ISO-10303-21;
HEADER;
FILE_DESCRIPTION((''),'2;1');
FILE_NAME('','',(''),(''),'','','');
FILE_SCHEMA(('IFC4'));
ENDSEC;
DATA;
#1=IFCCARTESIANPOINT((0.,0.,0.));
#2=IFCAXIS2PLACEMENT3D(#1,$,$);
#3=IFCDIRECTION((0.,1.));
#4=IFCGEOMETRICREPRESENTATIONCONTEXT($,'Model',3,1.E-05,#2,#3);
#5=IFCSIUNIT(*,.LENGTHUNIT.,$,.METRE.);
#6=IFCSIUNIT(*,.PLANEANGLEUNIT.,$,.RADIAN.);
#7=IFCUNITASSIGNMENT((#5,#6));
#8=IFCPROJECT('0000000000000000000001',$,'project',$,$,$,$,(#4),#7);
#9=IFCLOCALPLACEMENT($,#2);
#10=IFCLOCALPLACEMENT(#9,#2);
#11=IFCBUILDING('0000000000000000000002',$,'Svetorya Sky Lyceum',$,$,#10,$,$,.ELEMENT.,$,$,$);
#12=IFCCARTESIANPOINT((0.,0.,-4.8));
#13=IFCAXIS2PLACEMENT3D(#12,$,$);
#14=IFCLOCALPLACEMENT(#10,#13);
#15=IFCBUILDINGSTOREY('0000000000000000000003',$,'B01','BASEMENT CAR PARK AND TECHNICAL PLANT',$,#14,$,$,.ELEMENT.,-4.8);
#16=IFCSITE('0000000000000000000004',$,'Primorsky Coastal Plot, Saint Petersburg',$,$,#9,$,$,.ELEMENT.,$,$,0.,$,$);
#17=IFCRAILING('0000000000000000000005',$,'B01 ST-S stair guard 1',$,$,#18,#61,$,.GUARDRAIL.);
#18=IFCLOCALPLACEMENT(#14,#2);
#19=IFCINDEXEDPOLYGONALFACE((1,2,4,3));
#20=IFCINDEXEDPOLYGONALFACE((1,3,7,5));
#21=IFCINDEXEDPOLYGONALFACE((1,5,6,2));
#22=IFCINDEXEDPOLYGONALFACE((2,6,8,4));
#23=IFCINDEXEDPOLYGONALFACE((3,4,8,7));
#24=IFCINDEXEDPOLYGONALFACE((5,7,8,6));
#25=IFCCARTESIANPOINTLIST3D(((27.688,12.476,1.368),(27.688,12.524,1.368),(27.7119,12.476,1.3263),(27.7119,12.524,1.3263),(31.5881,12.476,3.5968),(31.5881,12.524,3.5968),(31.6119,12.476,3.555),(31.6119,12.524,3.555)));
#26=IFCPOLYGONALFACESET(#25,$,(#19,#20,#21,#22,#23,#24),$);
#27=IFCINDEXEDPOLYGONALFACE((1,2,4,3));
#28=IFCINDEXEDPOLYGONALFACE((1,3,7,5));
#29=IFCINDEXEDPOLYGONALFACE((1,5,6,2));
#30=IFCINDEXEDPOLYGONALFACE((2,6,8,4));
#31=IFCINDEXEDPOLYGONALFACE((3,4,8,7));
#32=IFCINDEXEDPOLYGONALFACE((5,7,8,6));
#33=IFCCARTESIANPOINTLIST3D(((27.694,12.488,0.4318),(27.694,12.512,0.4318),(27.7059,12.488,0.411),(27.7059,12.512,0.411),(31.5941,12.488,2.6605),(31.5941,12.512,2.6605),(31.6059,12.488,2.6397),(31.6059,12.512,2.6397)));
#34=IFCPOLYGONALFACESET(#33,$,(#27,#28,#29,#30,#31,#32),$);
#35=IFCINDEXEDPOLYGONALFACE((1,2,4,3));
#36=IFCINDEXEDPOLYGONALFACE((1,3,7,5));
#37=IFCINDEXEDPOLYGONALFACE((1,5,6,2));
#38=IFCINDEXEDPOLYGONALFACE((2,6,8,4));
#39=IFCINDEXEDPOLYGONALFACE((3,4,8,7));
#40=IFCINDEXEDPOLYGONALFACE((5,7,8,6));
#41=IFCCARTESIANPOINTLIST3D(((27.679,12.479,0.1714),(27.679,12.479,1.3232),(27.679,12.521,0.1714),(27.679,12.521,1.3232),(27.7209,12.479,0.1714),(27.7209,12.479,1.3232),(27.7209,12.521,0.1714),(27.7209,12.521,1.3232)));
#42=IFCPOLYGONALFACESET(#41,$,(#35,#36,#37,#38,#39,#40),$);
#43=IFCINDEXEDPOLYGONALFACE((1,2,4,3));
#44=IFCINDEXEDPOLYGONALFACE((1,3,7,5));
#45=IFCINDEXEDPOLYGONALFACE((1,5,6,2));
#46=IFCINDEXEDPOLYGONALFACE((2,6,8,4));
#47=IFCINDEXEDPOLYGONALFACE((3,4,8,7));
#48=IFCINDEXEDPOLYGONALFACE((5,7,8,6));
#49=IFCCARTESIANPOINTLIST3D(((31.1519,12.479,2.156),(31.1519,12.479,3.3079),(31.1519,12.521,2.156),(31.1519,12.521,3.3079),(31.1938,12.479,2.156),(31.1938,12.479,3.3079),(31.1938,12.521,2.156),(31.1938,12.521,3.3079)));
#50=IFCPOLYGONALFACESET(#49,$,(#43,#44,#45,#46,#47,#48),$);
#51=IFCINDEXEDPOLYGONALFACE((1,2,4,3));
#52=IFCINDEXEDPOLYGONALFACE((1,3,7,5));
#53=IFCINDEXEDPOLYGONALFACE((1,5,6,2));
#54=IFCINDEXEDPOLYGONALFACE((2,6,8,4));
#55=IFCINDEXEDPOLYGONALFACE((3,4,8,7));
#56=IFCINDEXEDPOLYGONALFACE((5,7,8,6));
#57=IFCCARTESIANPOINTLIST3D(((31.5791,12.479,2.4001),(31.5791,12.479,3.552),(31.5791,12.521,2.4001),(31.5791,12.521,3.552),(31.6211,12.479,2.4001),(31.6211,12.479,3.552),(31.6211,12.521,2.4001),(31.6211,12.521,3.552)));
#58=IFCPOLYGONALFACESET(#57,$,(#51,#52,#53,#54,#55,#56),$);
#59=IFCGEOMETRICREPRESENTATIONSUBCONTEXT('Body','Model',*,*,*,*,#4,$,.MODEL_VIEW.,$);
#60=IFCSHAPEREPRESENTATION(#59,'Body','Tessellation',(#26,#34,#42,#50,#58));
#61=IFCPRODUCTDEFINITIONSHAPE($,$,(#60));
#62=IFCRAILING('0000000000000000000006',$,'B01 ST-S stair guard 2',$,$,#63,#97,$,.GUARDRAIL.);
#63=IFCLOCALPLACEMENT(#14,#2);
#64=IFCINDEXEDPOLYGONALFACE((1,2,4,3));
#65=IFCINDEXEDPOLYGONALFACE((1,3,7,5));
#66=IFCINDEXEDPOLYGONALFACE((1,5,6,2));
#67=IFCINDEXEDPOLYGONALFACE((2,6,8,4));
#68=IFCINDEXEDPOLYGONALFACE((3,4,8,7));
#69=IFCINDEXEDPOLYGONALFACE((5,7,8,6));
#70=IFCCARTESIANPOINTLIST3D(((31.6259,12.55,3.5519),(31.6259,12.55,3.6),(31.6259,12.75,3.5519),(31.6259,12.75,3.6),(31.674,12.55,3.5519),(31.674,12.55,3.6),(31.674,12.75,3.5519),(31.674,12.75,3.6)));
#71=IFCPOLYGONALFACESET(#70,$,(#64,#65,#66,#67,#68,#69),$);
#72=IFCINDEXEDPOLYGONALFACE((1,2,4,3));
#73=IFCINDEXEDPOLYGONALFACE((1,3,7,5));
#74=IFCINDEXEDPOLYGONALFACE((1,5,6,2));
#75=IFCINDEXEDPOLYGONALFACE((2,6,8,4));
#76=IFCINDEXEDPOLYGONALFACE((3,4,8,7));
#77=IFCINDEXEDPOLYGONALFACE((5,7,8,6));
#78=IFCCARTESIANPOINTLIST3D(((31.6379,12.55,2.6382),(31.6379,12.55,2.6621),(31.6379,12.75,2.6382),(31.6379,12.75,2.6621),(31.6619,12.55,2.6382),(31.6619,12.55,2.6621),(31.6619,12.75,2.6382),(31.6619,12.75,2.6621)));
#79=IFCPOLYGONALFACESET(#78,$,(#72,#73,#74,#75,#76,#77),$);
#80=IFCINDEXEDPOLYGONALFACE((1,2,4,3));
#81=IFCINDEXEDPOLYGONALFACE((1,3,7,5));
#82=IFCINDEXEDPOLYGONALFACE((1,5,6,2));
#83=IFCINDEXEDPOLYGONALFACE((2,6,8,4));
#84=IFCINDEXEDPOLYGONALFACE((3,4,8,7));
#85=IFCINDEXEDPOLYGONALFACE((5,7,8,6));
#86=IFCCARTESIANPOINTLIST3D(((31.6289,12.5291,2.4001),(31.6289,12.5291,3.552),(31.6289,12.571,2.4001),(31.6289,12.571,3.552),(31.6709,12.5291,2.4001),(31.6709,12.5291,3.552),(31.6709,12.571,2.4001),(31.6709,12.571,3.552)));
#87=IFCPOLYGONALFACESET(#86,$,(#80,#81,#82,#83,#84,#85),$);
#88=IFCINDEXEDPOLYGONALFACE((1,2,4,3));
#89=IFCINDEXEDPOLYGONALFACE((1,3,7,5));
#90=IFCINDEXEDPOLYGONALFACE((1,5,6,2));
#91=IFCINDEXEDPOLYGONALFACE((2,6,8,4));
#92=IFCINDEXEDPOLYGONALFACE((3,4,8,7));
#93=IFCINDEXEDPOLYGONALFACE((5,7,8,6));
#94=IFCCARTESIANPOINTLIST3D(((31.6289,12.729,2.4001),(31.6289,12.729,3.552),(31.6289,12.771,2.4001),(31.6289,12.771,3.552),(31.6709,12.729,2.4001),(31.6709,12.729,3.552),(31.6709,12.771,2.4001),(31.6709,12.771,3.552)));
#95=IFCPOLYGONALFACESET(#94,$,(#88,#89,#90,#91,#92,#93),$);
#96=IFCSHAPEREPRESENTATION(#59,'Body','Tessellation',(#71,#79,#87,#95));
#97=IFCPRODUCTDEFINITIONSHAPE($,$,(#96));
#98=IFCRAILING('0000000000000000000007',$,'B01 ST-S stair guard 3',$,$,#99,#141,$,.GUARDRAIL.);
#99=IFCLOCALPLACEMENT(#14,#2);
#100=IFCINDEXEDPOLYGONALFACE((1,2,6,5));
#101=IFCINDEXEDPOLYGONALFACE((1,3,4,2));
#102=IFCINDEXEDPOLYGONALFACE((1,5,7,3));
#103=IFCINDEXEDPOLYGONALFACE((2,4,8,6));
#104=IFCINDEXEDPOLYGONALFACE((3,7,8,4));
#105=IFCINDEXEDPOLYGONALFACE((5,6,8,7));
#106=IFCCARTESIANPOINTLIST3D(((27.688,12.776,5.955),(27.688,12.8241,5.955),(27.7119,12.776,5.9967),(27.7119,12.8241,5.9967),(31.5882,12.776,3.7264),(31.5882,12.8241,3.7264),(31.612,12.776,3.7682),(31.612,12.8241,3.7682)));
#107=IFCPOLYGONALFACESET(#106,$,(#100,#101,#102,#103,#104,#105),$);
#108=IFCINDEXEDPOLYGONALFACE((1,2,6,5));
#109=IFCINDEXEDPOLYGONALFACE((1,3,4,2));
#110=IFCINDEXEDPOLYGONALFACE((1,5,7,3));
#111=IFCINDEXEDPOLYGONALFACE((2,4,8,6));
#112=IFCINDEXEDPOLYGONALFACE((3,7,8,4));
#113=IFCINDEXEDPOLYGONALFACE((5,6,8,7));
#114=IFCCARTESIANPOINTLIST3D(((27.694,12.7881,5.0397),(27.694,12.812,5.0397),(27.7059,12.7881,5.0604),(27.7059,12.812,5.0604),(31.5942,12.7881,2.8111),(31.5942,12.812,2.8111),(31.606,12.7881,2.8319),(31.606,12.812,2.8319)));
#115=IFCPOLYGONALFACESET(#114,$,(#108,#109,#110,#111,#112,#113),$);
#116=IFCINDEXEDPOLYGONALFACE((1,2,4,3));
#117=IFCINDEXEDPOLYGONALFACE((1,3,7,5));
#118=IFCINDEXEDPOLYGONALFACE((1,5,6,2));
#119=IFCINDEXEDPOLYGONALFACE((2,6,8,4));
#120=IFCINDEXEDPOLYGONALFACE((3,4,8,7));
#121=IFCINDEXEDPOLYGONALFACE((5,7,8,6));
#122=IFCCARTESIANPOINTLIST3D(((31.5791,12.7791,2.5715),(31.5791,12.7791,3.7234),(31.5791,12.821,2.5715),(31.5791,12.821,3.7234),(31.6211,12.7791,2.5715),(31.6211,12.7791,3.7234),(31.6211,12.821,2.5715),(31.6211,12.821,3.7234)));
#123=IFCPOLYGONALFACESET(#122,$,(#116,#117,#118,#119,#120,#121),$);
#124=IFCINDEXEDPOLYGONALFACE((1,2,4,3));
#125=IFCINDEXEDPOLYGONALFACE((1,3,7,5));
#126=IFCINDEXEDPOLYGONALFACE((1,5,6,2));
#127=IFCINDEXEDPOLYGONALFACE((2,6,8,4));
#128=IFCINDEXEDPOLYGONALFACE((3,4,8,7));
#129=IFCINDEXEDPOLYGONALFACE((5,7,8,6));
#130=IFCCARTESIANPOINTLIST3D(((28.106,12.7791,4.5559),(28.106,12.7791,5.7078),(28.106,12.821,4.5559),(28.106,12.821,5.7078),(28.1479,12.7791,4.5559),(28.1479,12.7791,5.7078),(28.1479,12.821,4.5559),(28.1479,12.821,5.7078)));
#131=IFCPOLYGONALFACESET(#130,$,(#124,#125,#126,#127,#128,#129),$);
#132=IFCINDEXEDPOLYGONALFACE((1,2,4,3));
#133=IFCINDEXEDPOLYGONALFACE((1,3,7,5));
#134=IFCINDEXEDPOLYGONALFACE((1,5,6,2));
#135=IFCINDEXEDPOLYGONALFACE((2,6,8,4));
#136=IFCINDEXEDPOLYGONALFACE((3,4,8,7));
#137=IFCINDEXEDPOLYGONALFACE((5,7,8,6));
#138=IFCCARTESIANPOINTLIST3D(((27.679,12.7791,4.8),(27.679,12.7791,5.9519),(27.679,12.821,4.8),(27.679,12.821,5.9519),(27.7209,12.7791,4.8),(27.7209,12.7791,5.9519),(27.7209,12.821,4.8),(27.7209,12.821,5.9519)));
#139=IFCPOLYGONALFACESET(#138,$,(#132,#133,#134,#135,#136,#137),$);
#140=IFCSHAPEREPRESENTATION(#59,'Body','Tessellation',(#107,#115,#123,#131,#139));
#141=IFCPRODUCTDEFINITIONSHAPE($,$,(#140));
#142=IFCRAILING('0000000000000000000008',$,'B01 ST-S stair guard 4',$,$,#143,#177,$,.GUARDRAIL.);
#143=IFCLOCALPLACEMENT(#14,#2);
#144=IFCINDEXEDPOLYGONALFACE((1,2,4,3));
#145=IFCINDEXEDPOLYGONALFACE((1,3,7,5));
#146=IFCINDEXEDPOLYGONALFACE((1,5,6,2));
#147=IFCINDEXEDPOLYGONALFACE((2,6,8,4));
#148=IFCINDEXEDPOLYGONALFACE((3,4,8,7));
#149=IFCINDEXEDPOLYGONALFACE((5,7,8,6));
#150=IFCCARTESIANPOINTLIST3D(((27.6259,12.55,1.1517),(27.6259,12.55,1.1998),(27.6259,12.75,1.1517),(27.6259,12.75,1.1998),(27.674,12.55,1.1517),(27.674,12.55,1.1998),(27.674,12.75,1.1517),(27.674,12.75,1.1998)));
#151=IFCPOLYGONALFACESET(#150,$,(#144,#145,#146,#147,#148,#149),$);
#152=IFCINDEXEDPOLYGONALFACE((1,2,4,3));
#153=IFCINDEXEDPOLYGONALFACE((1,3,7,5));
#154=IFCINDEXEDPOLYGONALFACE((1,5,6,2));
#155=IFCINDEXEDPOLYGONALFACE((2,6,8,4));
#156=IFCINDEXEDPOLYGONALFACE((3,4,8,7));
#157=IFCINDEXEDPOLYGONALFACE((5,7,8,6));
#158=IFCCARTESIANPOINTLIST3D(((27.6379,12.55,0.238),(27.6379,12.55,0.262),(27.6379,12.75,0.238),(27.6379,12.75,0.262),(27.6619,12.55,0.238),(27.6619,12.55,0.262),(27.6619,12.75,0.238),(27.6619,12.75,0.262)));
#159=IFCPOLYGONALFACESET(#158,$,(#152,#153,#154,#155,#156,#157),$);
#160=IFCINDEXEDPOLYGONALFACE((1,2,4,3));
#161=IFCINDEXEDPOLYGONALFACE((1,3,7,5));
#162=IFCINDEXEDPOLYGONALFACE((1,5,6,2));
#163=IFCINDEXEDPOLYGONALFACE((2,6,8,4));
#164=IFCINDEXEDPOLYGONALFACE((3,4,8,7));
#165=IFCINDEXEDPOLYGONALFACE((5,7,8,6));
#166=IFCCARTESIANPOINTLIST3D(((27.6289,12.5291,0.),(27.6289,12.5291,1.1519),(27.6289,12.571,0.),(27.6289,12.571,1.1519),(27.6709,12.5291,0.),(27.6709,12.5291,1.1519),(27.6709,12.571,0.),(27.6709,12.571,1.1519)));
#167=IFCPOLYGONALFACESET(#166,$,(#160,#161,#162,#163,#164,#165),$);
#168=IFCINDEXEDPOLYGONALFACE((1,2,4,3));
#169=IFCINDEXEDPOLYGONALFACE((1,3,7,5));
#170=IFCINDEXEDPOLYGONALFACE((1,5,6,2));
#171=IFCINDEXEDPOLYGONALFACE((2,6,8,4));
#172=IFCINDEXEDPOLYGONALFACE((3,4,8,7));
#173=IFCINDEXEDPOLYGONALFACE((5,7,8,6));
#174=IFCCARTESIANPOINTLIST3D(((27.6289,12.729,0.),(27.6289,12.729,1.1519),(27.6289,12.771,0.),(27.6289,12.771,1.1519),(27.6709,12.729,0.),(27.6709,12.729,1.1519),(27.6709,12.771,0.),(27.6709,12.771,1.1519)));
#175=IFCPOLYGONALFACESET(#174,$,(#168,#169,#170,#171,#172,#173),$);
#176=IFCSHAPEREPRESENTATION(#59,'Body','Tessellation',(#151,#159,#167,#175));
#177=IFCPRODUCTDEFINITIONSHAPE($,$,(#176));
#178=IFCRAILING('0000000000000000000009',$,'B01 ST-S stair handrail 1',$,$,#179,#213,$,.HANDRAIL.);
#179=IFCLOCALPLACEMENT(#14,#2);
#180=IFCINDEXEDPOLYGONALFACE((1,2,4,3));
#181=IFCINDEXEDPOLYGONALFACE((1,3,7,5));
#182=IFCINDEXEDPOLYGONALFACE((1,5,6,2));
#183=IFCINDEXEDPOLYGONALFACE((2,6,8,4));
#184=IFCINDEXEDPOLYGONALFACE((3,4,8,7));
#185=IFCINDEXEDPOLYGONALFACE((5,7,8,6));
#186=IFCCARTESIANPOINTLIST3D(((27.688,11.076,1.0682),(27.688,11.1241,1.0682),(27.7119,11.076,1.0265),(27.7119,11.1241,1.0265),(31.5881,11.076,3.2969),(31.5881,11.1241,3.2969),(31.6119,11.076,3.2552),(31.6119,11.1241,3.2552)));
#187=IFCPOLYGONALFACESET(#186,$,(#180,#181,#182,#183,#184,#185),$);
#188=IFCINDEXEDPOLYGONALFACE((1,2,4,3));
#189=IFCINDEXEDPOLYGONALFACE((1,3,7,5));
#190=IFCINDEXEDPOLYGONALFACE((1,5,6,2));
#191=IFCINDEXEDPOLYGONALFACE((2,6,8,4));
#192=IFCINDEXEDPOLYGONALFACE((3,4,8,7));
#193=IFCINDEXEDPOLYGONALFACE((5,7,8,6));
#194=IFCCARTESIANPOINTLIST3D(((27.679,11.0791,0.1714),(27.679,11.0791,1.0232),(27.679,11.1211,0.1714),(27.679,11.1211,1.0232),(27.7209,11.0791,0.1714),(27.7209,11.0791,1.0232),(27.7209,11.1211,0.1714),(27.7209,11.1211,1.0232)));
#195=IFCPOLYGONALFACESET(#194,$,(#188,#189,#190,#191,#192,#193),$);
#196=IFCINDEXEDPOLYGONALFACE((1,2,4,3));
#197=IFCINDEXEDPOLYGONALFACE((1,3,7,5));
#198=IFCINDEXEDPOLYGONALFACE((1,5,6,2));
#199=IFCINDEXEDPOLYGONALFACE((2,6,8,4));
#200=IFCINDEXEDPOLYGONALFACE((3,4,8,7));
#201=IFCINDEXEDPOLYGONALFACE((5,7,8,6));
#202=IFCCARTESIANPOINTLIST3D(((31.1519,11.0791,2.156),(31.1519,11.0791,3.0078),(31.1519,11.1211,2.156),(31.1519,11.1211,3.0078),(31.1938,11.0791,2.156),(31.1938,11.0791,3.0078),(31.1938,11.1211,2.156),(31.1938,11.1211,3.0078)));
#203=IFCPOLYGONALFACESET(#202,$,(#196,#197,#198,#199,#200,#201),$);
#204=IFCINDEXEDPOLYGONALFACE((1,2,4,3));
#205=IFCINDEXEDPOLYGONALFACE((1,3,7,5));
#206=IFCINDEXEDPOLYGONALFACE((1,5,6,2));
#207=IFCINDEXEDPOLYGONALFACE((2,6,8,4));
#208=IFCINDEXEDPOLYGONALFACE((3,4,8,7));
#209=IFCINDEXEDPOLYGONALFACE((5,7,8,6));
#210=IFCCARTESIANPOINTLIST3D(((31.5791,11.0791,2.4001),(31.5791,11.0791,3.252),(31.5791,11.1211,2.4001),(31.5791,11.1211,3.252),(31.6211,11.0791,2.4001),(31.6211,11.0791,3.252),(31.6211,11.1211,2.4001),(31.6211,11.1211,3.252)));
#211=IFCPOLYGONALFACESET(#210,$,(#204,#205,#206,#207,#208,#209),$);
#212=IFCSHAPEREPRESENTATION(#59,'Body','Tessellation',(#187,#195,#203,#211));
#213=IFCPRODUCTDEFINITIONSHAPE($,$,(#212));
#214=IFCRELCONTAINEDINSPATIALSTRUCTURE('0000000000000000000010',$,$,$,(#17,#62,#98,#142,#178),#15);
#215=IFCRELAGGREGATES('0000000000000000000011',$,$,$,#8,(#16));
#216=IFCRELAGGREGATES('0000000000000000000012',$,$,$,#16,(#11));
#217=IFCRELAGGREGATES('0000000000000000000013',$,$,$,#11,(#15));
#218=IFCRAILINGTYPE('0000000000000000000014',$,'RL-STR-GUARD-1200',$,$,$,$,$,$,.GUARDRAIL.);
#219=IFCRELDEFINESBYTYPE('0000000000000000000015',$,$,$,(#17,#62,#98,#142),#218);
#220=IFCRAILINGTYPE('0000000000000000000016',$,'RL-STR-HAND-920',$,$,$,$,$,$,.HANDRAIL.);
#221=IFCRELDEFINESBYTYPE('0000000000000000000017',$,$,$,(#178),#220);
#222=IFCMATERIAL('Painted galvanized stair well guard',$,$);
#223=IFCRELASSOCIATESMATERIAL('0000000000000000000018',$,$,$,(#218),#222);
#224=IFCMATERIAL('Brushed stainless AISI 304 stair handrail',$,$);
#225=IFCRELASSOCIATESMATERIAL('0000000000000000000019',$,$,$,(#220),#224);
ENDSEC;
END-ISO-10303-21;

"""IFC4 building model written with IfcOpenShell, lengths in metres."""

from ifc_helpers import new_model, si_unit, direction, frame, origin, origin_2d, place, context, subcontext, project, spatial, rectangle, extrude, material, type_object, element, save


model = new_model("IFC4")

# Units and contexts
model_context = context("Model", 3, precision=1e-05, world=origin(), true_north=direction((0.0, 1.0)))
body_context = subcontext(model_context, "Body", "Model", "MODEL_VIEW")
ifc_project = project(units=[si_unit("LENGTHUNIT", "METRE"), si_unit("PLANEANGLEUNIT", "RADIAN")], contexts=[model_context])

# Site, building, storey
site_placement = place(None, origin())
site = spatial("IfcSite", under=ifc_project, at=site_placement, Name="Primorsky Coastal Plot, Saint Petersburg", CompositionType="ELEMENT", RefElevation=0.0)
building_placement = place(site_placement, origin())
building = spatial("IfcBuilding", under=site, at=building_placement, Name="Svetorya Sky Lyceum", CompositionType="ELEMENT")
storey_placement = place(building_placement, frame((0.0, 0.0, -4.8)))
storey = spatial("IfcBuildingStorey", under=building, at=storey_placement, Name="B01", Description="BASEMENT CAR PARK AND TECHNICAL PLANT", CompositionType="ELEMENT", Elevation=-4.8)

# Railings
ifc_material_1 = material(Name="Painted galvanized stair well guard")
railing_type_1 = type_object("IfcRailingType", Name="RL-STR-GUARD-1200", PredefinedType="GUARDRAIL", material=ifc_material_1)
railing_1_placement = place(storey_placement, frame((27.7, 12.5, 0.1714)))
element("IfcRailing", 1, at=railing_1_placement, inside=storey, type_object=railing_type_1, Name="B01 ST-S stair guard 1", PredefinedType="GUARDRAIL", context=body_context, shape_type="SweptSolid", body=[
    extrude(rectangle(XDim=0.0481, YDim=0.0481, at=origin_2d()), frame((0.0, 0.0, 1.1758), z_axis=(0.868233, 0.0, 0.496156), x_axis=(0.0, 1.0, 0.0)), (0.0, 0.0, 1.0), 4.4919),
    extrude(rectangle(XDim=0.0239, YDim=0.0239, at=origin_2d()), frame((0.0, 0.0, 0.25), z_axis=(0.868233, 0.0, 0.496156), x_axis=(0.0, 1.0, 0.0)), (0.0, 0.0, 1.0), 4.4919),
    extrude(rectangle(XDim=0.042, YDim=0.042, at=origin_2d()), origin(), (0.0, 0.0, 1.0), 1.1519),
    extrude(rectangle(XDim=0.042, YDim=0.042, at=origin_2d()), frame((3.4729, 0.0, 1.9846)), (0.0, 0.0, 1.0), 1.1519),
    extrude(rectangle(XDim=0.042, YDim=0.042, at=origin_2d()), frame((3.9001, 0.0, 2.2288)), (0.0, 0.0, 1.0), 1.1519),
])
railing_2_placement = place(storey_placement, frame((31.6499, 12.55, 2.4001)))
element("IfcRailing", 2, at=railing_2_placement, inside=storey, type_object=railing_type_1, Name="B01 ST-S stair guard 2", PredefinedType="GUARDRAIL", context=body_context, shape_type="SweptSolid", body=[
    extrude(rectangle(XDim=0.0481, YDim=0.0481, at=origin_2d()), frame((0.0, 0.0, 1.1758), z_axis=(0.0, 1.0, 0.0), x_axis=(-1.0, 0.0, 0.0)), (0.0, 0.0, 1.0), 0.2),
    extrude(rectangle(XDim=0.0239, YDim=0.0239, at=origin_2d()), frame((0.0, 0.0, 0.25), z_axis=(0.0, 1.0, 0.0), x_axis=(-1.0, 0.0, 0.0)), (0.0, 0.0, 1.0), 0.2),
    extrude(rectangle(XDim=0.042, YDim=0.042, at=origin_2d()), origin(), (0.0, 0.0, 1.0), 1.1519),
    extrude(rectangle(XDim=0.042, YDim=0.042, at=origin_2d()), frame((0.0, 0.2, 0.0)), (0.0, 0.0, 1.0), 1.1519),
])
railing_3_placement = place(storey_placement, frame((31.6001, 12.8, 2.5715)))
element("IfcRailing", 3, at=railing_3_placement, inside=storey, type_object=railing_type_1, Name="B01 ST-S stair guard 3", PredefinedType="GUARDRAIL", context=body_context, shape_type="SweptSolid", body=[
    extrude(rectangle(XDim=0.0481, YDim=0.0481, at=origin_2d()), frame((0.0, 0.0, 1.1758), z_axis=(-0.868257, 0.0, 0.496116), x_axis=(0.0, -1.0, 0.0)), (0.0, 0.0, 1.0), 4.4919),
    extrude(rectangle(XDim=0.0239, YDim=0.0239, at=origin_2d()), frame((0.0, 0.0, 0.25), z_axis=(-0.868257, 0.0, 0.496116), x_axis=(0.0, -1.0, 0.0)), (0.0, 0.0, 1.0), 4.4919),
    extrude(rectangle(XDim=0.042, YDim=0.042, at=origin_2d()), origin(), (0.0, 0.0, 1.0), 1.1519),
    extrude(rectangle(XDim=0.042, YDim=0.042, at=origin_2d()), frame((-3.4731, 0.0, 1.9844)), (0.0, 0.0, 1.0), 1.1519),
    extrude(rectangle(XDim=0.042, YDim=0.042, at=origin_2d()), frame((-3.9001, 0.0, 2.2285)), (0.0, 0.0, 1.0), 1.1519),
])
railing_4_placement = place(storey_placement, frame((27.6499, 12.55, 0.0)))
element("IfcRailing", 4, at=railing_4_placement, inside=storey, type_object=railing_type_1, Name="B01 ST-S stair guard 4", PredefinedType="GUARDRAIL", context=body_context, shape_type="SweptSolid", body=[
    extrude(rectangle(XDim=0.0481, YDim=0.0481, at=origin_2d()), frame((0.0, 0.0, 1.1758), z_axis=(0.0, 1.0, 0.0), x_axis=(-1.0, 0.0, 0.0)), (0.0, 0.0, 1.0), 0.2),
    extrude(rectangle(XDim=0.0239, YDim=0.0239, at=origin_2d()), frame((0.0, 0.0, 0.25), z_axis=(0.0, 1.0, 0.0), x_axis=(-1.0, 0.0, 0.0)), (0.0, 0.0, 1.0), 0.2),
    extrude(rectangle(XDim=0.042, YDim=0.042, at=origin_2d()), origin(), (0.0, 0.0, 1.0), 1.1519),
    extrude(rectangle(XDim=0.042, YDim=0.042, at=origin_2d()), frame((0.0, 0.2, 0.0)), (0.0, 0.0, 1.0), 1.1519),
])
ifc_material_2 = material(Name="Brushed stainless AISI 304 stair handrail")
railing_type_2 = type_object("IfcRailingType", Name="RL-STR-HAND-920", PredefinedType="HANDRAIL", material=ifc_material_2)
railing_5_placement = place(storey_placement, frame((27.7, 11.1001, 0.1714)))
element("IfcRailing", 5, at=railing_5_placement, inside=storey, type_object=railing_type_2, Name="B01 ST-S stair handrail 1", PredefinedType="HANDRAIL", context=body_context, shape_type="SweptSolid", body=[
    extrude(rectangle(XDim=0.0481, YDim=0.0481, at=origin_2d()), frame((0.0, 0.0, 0.876), z_axis=(0.868233, 0.0, 0.496156), x_axis=(0.0, 1.0, 0.0)), (0.0, 0.0, 1.0), 4.4919),
    extrude(rectangle(XDim=0.042, YDim=0.042, at=origin_2d()), origin(), (0.0, 0.0, 1.0), 0.8518),
    extrude(rectangle(XDim=0.042, YDim=0.042, at=origin_2d()), frame((3.4729, 0.0, 1.9846)), (0.0, 0.0, 1.0), 0.8518),
    extrude(rectangle(XDim=0.042, YDim=0.042, at=origin_2d()), frame((3.9001, 0.0, 2.2288)), (0.0, 0.0, 1.0), 0.8518),
])

save(model, "model.ifc")
